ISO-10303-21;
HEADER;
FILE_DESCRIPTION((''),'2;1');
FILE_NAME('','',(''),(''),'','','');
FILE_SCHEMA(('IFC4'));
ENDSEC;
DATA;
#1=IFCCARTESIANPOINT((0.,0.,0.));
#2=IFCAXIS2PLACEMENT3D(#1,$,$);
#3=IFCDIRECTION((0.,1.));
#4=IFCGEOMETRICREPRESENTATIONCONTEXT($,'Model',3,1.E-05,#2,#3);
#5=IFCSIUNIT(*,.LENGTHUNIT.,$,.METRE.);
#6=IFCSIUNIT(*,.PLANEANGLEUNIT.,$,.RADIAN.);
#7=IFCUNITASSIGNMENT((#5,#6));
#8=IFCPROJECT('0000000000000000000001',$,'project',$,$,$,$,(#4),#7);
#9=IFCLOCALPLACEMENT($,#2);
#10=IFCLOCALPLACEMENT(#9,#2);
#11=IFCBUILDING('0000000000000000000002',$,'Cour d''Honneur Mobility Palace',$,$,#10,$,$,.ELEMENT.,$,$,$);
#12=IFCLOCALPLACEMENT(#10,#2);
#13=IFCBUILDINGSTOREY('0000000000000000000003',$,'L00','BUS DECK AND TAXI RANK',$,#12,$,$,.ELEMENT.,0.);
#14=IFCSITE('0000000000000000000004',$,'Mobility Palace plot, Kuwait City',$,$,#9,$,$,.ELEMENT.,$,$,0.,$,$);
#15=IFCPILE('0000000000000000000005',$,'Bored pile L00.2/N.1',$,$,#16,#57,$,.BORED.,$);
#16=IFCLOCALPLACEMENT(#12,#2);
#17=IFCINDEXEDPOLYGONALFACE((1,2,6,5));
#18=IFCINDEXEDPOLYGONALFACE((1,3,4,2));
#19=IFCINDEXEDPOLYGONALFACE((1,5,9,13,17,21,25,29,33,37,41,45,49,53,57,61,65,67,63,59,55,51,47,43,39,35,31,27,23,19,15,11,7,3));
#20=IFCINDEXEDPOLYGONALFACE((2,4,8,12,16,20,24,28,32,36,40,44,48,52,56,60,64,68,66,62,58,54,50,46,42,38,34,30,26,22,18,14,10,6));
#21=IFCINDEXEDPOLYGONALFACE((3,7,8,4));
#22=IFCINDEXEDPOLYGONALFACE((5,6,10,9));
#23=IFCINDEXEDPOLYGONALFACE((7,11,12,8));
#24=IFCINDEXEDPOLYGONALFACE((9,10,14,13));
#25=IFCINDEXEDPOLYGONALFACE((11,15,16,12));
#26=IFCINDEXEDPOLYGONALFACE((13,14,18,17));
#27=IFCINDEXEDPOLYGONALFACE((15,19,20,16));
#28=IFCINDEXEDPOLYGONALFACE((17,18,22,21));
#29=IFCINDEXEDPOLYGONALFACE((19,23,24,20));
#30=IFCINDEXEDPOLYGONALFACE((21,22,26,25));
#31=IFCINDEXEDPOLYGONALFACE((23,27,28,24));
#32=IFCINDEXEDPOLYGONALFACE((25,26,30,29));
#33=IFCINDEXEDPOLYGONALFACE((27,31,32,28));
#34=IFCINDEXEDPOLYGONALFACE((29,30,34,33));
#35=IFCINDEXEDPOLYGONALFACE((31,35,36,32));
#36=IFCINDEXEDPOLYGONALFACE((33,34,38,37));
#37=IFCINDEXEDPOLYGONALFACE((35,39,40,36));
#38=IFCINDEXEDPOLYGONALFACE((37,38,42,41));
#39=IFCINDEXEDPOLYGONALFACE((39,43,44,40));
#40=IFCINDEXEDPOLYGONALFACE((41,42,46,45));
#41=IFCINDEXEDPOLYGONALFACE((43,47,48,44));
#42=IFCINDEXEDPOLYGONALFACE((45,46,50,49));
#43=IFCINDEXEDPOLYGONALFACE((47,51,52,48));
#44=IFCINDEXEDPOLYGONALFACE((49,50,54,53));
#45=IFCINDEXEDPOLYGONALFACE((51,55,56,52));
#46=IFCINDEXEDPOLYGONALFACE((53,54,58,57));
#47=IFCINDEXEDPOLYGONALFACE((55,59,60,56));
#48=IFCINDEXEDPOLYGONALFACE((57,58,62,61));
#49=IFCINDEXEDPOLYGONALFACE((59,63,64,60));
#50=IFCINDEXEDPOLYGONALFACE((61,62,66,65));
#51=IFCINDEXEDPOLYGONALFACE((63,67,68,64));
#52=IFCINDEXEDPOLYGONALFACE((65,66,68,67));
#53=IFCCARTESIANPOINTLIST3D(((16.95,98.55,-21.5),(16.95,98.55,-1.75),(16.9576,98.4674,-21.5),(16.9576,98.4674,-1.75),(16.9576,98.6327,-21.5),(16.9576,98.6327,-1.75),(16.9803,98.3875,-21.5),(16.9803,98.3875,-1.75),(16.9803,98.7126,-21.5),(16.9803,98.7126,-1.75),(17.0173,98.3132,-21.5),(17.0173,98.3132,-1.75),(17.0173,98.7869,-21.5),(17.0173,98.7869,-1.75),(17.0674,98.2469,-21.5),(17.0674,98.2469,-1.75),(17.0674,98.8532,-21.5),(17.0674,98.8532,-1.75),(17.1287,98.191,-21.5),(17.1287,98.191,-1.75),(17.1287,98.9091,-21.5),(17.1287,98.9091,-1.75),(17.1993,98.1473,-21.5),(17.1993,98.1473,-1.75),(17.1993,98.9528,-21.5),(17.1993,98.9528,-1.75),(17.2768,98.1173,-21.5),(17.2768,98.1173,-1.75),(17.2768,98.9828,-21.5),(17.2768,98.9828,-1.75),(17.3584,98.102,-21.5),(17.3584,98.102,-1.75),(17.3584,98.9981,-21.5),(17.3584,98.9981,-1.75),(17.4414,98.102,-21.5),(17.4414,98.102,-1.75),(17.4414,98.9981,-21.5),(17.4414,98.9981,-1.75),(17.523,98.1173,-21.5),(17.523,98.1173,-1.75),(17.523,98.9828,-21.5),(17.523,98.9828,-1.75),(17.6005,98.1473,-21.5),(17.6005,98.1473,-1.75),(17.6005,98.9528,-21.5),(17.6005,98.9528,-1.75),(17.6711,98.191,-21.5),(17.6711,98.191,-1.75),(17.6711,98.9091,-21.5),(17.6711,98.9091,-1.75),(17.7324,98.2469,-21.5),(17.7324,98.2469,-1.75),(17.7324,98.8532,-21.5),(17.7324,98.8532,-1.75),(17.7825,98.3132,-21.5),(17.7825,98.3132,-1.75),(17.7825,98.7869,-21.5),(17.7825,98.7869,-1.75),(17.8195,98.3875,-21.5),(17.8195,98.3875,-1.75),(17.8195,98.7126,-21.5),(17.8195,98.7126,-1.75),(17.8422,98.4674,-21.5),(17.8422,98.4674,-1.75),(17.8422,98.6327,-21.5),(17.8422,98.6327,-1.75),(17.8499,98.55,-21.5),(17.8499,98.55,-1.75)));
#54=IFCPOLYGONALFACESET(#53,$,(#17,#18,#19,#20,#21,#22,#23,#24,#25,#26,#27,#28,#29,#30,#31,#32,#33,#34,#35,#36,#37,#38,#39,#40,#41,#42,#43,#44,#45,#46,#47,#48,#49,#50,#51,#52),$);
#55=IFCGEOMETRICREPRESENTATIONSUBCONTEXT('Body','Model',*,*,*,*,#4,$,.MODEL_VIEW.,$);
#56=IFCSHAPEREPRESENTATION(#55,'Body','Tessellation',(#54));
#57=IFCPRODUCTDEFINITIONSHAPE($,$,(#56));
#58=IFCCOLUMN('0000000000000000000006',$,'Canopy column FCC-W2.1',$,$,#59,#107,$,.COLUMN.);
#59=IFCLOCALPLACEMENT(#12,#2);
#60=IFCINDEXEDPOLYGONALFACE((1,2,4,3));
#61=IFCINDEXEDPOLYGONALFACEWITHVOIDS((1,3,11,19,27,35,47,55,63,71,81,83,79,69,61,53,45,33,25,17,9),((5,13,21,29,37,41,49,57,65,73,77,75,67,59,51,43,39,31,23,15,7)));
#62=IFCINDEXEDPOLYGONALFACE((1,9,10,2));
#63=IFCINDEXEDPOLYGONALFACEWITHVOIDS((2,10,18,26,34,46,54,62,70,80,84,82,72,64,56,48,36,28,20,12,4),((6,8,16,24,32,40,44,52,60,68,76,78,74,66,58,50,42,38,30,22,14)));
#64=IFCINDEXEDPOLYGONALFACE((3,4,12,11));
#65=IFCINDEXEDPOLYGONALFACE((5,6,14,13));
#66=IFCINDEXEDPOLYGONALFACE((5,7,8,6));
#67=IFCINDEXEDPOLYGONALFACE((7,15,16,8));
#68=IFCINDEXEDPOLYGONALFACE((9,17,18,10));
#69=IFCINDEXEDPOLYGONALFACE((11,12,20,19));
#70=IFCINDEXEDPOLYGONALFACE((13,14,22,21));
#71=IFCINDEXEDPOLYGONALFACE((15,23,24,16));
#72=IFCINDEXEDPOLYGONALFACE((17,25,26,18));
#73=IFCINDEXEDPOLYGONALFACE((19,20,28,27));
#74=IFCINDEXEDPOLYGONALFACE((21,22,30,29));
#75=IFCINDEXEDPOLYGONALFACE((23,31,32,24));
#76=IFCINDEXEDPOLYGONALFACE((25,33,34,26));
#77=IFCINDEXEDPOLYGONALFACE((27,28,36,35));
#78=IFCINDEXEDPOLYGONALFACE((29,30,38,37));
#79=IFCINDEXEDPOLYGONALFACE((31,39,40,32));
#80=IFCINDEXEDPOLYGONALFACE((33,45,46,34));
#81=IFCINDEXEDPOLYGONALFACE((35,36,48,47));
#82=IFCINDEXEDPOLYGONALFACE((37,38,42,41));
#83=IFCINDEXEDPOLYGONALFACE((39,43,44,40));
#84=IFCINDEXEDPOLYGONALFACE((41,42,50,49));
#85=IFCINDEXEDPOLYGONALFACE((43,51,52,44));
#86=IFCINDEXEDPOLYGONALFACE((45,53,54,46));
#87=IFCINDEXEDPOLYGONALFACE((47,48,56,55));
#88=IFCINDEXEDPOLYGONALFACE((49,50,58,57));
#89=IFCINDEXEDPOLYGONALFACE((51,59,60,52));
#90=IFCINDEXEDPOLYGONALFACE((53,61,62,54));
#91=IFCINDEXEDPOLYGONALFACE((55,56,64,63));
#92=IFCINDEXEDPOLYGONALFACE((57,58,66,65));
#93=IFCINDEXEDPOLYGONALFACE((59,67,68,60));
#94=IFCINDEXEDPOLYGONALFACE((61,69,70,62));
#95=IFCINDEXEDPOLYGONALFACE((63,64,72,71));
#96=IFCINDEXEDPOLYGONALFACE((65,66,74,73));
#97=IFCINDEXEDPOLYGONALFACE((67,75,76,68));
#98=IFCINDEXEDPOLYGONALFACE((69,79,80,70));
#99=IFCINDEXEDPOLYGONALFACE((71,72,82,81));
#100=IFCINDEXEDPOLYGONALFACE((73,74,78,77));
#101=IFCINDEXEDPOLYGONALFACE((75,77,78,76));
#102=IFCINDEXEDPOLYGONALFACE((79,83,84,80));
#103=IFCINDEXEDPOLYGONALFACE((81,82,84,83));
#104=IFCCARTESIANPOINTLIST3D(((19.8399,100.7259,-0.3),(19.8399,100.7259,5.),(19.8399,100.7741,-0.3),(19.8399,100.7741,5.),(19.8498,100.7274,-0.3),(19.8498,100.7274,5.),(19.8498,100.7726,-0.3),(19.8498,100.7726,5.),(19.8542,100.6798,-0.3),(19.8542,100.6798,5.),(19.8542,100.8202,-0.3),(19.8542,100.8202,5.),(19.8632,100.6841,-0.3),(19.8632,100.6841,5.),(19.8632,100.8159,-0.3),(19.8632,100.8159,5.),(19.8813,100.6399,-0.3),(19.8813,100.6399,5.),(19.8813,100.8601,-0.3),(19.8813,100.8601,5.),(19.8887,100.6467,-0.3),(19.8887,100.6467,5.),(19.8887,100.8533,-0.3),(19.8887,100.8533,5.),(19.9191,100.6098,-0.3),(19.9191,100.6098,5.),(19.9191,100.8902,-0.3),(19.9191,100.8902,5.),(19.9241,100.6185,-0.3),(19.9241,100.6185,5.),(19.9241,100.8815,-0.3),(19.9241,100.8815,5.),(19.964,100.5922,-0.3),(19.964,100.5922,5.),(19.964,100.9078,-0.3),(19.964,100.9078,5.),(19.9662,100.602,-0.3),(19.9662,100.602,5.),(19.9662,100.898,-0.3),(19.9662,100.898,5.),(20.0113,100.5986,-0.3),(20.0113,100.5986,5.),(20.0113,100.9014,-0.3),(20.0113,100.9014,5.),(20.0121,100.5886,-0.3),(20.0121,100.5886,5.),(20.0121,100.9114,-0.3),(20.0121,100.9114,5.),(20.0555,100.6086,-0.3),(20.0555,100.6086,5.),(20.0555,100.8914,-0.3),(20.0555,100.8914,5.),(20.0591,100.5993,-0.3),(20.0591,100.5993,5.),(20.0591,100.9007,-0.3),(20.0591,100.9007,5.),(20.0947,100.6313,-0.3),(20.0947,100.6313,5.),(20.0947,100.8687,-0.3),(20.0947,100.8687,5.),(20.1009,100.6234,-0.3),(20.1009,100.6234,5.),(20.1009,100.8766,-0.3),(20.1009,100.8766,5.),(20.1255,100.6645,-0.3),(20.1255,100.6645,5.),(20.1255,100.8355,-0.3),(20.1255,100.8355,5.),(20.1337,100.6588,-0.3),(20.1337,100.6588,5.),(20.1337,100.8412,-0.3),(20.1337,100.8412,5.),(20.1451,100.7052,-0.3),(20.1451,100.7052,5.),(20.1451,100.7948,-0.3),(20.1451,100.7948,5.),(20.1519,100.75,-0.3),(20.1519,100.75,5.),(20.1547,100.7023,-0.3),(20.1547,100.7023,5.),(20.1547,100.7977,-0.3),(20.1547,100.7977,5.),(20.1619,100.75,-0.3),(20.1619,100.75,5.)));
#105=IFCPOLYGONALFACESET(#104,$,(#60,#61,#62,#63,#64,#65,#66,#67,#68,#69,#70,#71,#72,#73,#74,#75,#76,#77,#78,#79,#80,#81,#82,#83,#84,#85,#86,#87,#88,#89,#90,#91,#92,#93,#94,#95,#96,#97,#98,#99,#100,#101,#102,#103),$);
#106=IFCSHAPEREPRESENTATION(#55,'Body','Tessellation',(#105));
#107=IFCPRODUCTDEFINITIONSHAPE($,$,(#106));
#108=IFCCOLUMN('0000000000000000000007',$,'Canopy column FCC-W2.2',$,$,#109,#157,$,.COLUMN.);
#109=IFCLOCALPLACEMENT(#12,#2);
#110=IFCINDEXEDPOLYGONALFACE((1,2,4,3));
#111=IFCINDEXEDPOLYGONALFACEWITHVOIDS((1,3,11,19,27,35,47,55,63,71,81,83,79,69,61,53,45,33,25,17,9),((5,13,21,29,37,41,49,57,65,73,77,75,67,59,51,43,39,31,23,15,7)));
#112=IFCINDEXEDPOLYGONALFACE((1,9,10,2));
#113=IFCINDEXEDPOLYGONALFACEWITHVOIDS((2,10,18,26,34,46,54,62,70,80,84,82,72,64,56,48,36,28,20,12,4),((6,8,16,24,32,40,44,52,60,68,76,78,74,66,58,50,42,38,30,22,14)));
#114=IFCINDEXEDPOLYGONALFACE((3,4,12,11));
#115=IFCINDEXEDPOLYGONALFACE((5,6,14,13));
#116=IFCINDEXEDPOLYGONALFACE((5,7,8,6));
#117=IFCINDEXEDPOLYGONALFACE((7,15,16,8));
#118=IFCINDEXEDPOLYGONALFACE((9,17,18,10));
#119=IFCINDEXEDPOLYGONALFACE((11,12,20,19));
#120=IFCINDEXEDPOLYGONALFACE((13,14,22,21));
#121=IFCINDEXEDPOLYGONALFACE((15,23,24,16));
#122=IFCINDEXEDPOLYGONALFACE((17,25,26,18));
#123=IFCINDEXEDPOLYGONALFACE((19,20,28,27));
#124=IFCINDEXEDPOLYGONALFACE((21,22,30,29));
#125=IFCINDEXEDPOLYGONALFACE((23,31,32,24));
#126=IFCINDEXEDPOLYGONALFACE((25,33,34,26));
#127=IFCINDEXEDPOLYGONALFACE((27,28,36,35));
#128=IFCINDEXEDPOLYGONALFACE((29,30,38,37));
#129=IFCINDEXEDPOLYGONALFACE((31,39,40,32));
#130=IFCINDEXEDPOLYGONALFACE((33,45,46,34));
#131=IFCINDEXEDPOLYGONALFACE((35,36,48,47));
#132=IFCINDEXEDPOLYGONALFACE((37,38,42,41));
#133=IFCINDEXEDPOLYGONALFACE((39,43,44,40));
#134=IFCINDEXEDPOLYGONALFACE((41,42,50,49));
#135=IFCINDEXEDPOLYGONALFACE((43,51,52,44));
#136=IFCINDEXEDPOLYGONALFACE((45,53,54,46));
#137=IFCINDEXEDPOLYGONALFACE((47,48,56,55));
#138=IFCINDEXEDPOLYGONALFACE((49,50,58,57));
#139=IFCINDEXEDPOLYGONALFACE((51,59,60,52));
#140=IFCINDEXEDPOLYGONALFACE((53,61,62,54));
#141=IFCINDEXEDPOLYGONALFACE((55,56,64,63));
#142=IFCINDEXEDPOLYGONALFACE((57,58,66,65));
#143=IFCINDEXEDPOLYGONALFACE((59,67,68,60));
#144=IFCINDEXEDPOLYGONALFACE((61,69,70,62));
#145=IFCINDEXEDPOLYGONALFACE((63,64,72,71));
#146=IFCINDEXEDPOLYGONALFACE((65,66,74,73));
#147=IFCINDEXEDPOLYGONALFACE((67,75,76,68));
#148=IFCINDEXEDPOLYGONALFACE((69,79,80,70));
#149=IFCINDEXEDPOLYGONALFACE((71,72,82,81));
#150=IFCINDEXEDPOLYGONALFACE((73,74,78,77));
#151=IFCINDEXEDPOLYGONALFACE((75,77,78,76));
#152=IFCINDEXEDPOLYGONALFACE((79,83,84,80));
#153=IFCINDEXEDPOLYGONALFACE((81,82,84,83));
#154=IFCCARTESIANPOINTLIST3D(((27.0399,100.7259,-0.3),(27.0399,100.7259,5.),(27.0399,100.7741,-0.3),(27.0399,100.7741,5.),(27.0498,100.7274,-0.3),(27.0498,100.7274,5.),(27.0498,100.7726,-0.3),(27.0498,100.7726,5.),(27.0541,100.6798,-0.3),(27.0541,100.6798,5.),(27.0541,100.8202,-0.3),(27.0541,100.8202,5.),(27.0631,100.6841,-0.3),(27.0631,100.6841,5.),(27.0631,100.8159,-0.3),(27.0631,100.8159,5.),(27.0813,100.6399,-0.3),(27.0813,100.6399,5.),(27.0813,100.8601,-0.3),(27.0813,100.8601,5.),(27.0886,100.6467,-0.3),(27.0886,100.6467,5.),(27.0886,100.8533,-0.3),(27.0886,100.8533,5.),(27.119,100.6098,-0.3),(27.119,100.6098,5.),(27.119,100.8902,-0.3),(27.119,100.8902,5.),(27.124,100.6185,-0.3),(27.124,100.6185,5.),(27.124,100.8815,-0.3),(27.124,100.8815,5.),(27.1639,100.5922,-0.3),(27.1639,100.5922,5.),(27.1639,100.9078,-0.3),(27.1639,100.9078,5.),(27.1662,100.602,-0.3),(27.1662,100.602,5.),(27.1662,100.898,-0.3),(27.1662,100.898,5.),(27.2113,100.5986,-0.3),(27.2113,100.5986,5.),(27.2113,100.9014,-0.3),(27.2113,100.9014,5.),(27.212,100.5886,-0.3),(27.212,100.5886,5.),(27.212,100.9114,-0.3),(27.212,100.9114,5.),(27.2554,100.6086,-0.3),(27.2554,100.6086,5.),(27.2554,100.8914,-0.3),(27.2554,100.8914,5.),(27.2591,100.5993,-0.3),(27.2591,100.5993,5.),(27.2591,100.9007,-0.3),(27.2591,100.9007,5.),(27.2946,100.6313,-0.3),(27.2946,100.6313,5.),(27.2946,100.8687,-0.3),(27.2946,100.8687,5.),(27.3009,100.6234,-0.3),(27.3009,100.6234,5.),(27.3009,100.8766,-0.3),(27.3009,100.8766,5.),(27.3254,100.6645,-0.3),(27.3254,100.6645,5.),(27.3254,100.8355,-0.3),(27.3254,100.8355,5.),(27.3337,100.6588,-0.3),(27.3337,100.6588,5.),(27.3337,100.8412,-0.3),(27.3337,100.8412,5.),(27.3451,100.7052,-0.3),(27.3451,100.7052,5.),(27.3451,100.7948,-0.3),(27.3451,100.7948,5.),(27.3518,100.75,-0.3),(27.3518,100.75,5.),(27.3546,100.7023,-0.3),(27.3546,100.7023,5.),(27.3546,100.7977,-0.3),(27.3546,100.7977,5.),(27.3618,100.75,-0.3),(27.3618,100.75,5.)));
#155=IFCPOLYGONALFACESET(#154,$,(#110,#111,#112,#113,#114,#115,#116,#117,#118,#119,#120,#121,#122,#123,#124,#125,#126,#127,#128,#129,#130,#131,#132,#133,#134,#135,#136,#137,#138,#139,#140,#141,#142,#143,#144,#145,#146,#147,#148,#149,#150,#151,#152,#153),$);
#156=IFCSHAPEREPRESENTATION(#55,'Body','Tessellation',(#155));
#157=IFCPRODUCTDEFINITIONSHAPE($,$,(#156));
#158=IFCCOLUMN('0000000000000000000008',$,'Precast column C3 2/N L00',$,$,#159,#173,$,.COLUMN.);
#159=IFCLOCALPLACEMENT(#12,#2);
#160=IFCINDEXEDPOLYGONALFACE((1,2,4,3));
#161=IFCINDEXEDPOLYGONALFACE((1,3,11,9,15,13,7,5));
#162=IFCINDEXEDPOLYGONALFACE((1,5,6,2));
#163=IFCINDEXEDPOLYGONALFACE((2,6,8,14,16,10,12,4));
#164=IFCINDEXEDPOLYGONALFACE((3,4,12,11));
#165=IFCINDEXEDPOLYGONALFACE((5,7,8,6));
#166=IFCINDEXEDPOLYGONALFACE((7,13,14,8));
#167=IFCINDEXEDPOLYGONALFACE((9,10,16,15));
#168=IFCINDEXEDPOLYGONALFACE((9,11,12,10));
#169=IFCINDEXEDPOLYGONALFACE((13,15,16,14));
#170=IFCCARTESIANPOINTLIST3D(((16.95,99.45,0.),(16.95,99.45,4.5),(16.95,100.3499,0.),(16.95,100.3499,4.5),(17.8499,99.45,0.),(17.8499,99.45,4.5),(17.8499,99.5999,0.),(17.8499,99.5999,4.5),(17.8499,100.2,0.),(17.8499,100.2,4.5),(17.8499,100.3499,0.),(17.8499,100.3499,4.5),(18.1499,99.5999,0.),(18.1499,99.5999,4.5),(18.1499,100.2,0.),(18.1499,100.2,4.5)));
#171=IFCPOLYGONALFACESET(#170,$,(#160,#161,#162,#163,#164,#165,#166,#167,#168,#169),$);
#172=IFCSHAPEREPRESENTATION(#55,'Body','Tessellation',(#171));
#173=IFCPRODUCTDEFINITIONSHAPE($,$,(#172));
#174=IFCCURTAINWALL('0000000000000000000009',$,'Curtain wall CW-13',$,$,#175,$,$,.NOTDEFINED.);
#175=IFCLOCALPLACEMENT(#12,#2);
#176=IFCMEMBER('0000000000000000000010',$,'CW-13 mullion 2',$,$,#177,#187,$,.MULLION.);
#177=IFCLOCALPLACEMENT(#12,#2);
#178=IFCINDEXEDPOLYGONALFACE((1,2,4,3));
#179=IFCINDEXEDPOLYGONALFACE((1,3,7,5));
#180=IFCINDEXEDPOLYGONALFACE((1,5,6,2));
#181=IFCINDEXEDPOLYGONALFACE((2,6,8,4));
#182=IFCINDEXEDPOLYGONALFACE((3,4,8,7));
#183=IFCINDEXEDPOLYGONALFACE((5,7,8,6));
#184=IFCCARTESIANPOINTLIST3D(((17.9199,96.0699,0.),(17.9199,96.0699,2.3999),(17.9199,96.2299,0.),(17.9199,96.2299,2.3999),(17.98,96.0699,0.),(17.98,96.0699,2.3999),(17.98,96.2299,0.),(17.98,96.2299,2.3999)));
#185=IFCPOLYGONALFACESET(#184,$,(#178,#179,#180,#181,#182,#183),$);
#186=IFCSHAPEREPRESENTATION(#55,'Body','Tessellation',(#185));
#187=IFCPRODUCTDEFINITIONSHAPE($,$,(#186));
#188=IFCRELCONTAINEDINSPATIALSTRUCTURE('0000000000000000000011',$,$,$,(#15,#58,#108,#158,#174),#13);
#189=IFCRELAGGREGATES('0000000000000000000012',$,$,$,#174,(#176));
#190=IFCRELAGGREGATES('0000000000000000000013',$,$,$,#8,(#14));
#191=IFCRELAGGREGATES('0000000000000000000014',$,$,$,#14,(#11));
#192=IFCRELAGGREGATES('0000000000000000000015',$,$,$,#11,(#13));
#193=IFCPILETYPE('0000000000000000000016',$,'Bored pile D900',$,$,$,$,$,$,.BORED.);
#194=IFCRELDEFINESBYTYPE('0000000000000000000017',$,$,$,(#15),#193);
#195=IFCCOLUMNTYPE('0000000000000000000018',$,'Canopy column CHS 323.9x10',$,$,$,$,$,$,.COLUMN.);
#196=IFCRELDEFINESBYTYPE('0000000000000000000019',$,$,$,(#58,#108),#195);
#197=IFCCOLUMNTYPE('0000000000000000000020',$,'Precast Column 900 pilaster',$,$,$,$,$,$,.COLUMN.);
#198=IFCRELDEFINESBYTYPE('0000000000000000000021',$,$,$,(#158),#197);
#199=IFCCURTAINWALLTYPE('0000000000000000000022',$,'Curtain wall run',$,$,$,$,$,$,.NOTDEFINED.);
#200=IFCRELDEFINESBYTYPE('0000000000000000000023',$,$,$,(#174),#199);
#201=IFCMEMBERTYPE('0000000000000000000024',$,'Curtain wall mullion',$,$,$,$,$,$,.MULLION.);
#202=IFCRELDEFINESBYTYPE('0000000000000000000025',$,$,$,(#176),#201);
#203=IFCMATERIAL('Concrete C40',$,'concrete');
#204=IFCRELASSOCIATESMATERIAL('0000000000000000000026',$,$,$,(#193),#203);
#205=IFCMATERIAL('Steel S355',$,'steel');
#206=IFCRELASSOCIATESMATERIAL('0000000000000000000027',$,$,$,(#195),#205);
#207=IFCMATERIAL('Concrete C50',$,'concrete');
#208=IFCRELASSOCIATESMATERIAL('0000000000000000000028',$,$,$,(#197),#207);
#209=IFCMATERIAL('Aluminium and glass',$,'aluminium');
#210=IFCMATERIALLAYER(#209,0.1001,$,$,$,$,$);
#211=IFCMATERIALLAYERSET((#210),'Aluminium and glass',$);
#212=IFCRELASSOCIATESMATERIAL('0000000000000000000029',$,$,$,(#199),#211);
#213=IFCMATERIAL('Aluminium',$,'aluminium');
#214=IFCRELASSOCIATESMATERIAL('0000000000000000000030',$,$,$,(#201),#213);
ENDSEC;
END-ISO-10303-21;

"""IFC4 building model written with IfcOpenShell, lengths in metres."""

from ifc_helpers import new_model, si_unit, direction, frame, origin, origin_2d, place, context, subcontext, project, spatial, polyline, rectangle, circle, hollow_circle, outline, extrude, material, layer, layer_set, material_profile, profile_set, type_object, element, aggregate, save


model = new_model("IFC4")

# Units and contexts
model_context = context("Model", 3, precision=1e-05, world=origin(), true_north=direction((0.0, 1.0)))
body_context = subcontext(model_context, "Body", "Model", "MODEL_VIEW")
ifc_project = project(units=[si_unit("LENGTHUNIT", "METRE"), si_unit("PLANEANGLEUNIT", "RADIAN")], contexts=[model_context])

# Site, building, storey
site_placement = place(None, origin())
site = spatial("IfcSite", under=ifc_project, at=site_placement, Name="Mobility Palace plot, Kuwait City", CompositionType="ELEMENT", RefElevation=0.0)
building_placement = place(site_placement, origin())
building = spatial("IfcBuilding", under=site, at=building_placement, Name="Cour d'Honneur Mobility Palace", CompositionType="ELEMENT")
storey_placement = place(building_placement, origin())
storey = spatial("IfcBuildingStorey", under=building, at=storey_placement, Name="L00", Description="BUS DECK AND TAXI RANK", CompositionType="ELEMENT", Elevation=0.0)

# Pile
ifc_material_1 = material(Name="Concrete C40", Category="concrete")
ifc_material_profile_1 = material_profile(ifc_material_1, circle(Radius=0.45, at=origin_2d()), Name="Bored pile D900")
ifc_profile_set_1 = profile_set([ifc_material_profile_1], Name="Concrete C40")
pile_type = type_object("IfcPileType", Name="Bored pile D900", PredefinedType="BORED", material=ifc_profile_set_1)
pile_placement = place(storey_placement, frame((17.3999, 98.55, -1.75), z_axis=(0.0, 0.0, -1.0), x_axis=(1.0, 0.0, 0.0)))
element("IfcPile", 1, at=pile_placement, inside=storey, type_object=pile_type, Name="Bored pile L00.2/N.1", PredefinedType="BORED", context=body_context, shape_type="SweptSolid", body=[
    extrude(circle(Radius=0.45, at=origin_2d()), origin(), (0.0, 0.0, 1.0), 19.75),
])

# Columns
ifc_material_2 = material(Name="Steel S355", Category="steel")
ifc_material_profile_2 = material_profile(ifc_material_2, hollow_circle(Radius=0.1619, WallThickness=0.01, at=origin_2d()), Name="CHS 323.9x10")
ifc_profile_set_2 = profile_set([ifc_material_profile_2], Name="Steel S355")
column_type_1 = type_object("IfcColumnType", Name="Canopy column CHS 323.9x10", PredefinedType="COLUMN", material=ifc_profile_set_2)
for number, where, z_axis, x_axis, name in (
    (2, (20.0, 100.75, -0.3), (0.0, 0.0, 1.0), (1.0, 0.0, 0.0), "Canopy column FCC-W2.1"),
    (3, (27.2, 100.75, -0.3), (0.0, 0.0, 1.0), (1.0, 0.0, 0.0), "Canopy column FCC-W2.2"),
):
    element("IfcColumn", number, at=place(storey_placement, frame(where, z_axis=z_axis, x_axis=x_axis)), inside=storey, type_object=column_type_1, Name=name, PredefinedType="COLUMN", context=body_context, shape_type="SweptSolid", body=[
        extrude(hollow_circle(Radius=0.1619, WallThickness=0.01, at=origin_2d()), origin(), (0.0, 0.0, 1.0), 5.3),
    ])
ifc_material_3 = material(Name="Concrete C50", Category="concrete")
ifc_material_profile_3 = material_profile(ifc_material_3, outline(polyline([(-0.45, -0.45), (0.45, -0.45), (0.45, -0.3), (0.75, -0.3), (0.75, 0.3), (0.45, 0.3), (0.45, 0.45), (-0.45, 0.45), (-0.45, -0.45)])), Name="PC C900 pilaster")
ifc_profile_set_3 = profile_set([ifc_material_profile_3], Name="Concrete C50")
column_type_2 = type_object("IfcColumnType", Name="Precast Column 900 pilaster", PredefinedType="COLUMN", material=ifc_profile_set_3)
column_placement = place(storey_placement, frame((17.3999, 99.8999, 0.0), z_axis=(0.0, 0.0, 1.0), x_axis=(1.0, 0.0, 0.0)))
element("IfcColumn", 4, at=column_placement, inside=storey, type_object=column_type_2, Name="Precast column C3 2/N L00", PredefinedType="COLUMN", context=body_context, shape_type="SweptSolid", body=[
    extrude(outline(polyline([(-0.45, -0.45), (0.45, -0.45), (0.45, -0.3), (0.75, -0.3), (0.75, 0.3), (0.45, 0.3), (0.45, 0.45), (-0.45, 0.45), (-0.45, -0.45)])), origin(), (0.0, 0.0, 1.0), 4.5),
])

# Curtain wall, member
ifc_material_4 = material(Name="Aluminium and glass", Category="aluminium")
ifc_layer_1 = layer(ifc_material_4, 0.1001)
ifc_layer_set_1 = layer_set([ifc_layer_1], Name="Aluminium and glass")
curtain_wall_type = type_object("IfcCurtainWallType", Name="Curtain wall run", PredefinedType="NOTDEFINED", material=ifc_layer_set_1)
curtain_wall_1_placement = place(storey_placement, origin())
curtain_wall_1 = element("IfcCurtainWall", 5, at=curtain_wall_1_placement, inside=storey, type_object=curtain_wall_type, Name="Curtain wall CW-13", PredefinedType="NOTDEFINED")
ifc_material_5 = material(Name="Aluminium", Category="aluminium")
ifc_material_profile_4 = material_profile(ifc_material_5, rectangle(XDim=0.0601, YDim=0.1599, at=origin_2d()), Name="Curtain wall mullion")
ifc_profile_set_4 = profile_set([ifc_material_profile_4], Name="Aluminium")
member_type_1 = type_object("IfcMemberType", Name="Curtain wall mullion", PredefinedType="MULLION", material=ifc_profile_set_4)
member_1_placement = place(storey_placement, frame((17.95, 96.1499, 0.0), z_axis=(0.0, 0.0, 1.0), x_axis=(-1.0, 0.0, 0.0)))
member_1 = element("IfcMember", 6, at=member_1_placement, type_object=member_type_1, Name="CW-13 mullion 2", PredefinedType="MULLION", context=body_context, shape_type="SweptSolid", body=[
    extrude(rectangle(XDim=0.0601, YDim=0.1599, at=origin_2d()), origin(), (0.0, 0.0, 1.0), 2.3999),
])

aggregate(curtain_wall_1, [member_1])

save(model, "model.ifc")
